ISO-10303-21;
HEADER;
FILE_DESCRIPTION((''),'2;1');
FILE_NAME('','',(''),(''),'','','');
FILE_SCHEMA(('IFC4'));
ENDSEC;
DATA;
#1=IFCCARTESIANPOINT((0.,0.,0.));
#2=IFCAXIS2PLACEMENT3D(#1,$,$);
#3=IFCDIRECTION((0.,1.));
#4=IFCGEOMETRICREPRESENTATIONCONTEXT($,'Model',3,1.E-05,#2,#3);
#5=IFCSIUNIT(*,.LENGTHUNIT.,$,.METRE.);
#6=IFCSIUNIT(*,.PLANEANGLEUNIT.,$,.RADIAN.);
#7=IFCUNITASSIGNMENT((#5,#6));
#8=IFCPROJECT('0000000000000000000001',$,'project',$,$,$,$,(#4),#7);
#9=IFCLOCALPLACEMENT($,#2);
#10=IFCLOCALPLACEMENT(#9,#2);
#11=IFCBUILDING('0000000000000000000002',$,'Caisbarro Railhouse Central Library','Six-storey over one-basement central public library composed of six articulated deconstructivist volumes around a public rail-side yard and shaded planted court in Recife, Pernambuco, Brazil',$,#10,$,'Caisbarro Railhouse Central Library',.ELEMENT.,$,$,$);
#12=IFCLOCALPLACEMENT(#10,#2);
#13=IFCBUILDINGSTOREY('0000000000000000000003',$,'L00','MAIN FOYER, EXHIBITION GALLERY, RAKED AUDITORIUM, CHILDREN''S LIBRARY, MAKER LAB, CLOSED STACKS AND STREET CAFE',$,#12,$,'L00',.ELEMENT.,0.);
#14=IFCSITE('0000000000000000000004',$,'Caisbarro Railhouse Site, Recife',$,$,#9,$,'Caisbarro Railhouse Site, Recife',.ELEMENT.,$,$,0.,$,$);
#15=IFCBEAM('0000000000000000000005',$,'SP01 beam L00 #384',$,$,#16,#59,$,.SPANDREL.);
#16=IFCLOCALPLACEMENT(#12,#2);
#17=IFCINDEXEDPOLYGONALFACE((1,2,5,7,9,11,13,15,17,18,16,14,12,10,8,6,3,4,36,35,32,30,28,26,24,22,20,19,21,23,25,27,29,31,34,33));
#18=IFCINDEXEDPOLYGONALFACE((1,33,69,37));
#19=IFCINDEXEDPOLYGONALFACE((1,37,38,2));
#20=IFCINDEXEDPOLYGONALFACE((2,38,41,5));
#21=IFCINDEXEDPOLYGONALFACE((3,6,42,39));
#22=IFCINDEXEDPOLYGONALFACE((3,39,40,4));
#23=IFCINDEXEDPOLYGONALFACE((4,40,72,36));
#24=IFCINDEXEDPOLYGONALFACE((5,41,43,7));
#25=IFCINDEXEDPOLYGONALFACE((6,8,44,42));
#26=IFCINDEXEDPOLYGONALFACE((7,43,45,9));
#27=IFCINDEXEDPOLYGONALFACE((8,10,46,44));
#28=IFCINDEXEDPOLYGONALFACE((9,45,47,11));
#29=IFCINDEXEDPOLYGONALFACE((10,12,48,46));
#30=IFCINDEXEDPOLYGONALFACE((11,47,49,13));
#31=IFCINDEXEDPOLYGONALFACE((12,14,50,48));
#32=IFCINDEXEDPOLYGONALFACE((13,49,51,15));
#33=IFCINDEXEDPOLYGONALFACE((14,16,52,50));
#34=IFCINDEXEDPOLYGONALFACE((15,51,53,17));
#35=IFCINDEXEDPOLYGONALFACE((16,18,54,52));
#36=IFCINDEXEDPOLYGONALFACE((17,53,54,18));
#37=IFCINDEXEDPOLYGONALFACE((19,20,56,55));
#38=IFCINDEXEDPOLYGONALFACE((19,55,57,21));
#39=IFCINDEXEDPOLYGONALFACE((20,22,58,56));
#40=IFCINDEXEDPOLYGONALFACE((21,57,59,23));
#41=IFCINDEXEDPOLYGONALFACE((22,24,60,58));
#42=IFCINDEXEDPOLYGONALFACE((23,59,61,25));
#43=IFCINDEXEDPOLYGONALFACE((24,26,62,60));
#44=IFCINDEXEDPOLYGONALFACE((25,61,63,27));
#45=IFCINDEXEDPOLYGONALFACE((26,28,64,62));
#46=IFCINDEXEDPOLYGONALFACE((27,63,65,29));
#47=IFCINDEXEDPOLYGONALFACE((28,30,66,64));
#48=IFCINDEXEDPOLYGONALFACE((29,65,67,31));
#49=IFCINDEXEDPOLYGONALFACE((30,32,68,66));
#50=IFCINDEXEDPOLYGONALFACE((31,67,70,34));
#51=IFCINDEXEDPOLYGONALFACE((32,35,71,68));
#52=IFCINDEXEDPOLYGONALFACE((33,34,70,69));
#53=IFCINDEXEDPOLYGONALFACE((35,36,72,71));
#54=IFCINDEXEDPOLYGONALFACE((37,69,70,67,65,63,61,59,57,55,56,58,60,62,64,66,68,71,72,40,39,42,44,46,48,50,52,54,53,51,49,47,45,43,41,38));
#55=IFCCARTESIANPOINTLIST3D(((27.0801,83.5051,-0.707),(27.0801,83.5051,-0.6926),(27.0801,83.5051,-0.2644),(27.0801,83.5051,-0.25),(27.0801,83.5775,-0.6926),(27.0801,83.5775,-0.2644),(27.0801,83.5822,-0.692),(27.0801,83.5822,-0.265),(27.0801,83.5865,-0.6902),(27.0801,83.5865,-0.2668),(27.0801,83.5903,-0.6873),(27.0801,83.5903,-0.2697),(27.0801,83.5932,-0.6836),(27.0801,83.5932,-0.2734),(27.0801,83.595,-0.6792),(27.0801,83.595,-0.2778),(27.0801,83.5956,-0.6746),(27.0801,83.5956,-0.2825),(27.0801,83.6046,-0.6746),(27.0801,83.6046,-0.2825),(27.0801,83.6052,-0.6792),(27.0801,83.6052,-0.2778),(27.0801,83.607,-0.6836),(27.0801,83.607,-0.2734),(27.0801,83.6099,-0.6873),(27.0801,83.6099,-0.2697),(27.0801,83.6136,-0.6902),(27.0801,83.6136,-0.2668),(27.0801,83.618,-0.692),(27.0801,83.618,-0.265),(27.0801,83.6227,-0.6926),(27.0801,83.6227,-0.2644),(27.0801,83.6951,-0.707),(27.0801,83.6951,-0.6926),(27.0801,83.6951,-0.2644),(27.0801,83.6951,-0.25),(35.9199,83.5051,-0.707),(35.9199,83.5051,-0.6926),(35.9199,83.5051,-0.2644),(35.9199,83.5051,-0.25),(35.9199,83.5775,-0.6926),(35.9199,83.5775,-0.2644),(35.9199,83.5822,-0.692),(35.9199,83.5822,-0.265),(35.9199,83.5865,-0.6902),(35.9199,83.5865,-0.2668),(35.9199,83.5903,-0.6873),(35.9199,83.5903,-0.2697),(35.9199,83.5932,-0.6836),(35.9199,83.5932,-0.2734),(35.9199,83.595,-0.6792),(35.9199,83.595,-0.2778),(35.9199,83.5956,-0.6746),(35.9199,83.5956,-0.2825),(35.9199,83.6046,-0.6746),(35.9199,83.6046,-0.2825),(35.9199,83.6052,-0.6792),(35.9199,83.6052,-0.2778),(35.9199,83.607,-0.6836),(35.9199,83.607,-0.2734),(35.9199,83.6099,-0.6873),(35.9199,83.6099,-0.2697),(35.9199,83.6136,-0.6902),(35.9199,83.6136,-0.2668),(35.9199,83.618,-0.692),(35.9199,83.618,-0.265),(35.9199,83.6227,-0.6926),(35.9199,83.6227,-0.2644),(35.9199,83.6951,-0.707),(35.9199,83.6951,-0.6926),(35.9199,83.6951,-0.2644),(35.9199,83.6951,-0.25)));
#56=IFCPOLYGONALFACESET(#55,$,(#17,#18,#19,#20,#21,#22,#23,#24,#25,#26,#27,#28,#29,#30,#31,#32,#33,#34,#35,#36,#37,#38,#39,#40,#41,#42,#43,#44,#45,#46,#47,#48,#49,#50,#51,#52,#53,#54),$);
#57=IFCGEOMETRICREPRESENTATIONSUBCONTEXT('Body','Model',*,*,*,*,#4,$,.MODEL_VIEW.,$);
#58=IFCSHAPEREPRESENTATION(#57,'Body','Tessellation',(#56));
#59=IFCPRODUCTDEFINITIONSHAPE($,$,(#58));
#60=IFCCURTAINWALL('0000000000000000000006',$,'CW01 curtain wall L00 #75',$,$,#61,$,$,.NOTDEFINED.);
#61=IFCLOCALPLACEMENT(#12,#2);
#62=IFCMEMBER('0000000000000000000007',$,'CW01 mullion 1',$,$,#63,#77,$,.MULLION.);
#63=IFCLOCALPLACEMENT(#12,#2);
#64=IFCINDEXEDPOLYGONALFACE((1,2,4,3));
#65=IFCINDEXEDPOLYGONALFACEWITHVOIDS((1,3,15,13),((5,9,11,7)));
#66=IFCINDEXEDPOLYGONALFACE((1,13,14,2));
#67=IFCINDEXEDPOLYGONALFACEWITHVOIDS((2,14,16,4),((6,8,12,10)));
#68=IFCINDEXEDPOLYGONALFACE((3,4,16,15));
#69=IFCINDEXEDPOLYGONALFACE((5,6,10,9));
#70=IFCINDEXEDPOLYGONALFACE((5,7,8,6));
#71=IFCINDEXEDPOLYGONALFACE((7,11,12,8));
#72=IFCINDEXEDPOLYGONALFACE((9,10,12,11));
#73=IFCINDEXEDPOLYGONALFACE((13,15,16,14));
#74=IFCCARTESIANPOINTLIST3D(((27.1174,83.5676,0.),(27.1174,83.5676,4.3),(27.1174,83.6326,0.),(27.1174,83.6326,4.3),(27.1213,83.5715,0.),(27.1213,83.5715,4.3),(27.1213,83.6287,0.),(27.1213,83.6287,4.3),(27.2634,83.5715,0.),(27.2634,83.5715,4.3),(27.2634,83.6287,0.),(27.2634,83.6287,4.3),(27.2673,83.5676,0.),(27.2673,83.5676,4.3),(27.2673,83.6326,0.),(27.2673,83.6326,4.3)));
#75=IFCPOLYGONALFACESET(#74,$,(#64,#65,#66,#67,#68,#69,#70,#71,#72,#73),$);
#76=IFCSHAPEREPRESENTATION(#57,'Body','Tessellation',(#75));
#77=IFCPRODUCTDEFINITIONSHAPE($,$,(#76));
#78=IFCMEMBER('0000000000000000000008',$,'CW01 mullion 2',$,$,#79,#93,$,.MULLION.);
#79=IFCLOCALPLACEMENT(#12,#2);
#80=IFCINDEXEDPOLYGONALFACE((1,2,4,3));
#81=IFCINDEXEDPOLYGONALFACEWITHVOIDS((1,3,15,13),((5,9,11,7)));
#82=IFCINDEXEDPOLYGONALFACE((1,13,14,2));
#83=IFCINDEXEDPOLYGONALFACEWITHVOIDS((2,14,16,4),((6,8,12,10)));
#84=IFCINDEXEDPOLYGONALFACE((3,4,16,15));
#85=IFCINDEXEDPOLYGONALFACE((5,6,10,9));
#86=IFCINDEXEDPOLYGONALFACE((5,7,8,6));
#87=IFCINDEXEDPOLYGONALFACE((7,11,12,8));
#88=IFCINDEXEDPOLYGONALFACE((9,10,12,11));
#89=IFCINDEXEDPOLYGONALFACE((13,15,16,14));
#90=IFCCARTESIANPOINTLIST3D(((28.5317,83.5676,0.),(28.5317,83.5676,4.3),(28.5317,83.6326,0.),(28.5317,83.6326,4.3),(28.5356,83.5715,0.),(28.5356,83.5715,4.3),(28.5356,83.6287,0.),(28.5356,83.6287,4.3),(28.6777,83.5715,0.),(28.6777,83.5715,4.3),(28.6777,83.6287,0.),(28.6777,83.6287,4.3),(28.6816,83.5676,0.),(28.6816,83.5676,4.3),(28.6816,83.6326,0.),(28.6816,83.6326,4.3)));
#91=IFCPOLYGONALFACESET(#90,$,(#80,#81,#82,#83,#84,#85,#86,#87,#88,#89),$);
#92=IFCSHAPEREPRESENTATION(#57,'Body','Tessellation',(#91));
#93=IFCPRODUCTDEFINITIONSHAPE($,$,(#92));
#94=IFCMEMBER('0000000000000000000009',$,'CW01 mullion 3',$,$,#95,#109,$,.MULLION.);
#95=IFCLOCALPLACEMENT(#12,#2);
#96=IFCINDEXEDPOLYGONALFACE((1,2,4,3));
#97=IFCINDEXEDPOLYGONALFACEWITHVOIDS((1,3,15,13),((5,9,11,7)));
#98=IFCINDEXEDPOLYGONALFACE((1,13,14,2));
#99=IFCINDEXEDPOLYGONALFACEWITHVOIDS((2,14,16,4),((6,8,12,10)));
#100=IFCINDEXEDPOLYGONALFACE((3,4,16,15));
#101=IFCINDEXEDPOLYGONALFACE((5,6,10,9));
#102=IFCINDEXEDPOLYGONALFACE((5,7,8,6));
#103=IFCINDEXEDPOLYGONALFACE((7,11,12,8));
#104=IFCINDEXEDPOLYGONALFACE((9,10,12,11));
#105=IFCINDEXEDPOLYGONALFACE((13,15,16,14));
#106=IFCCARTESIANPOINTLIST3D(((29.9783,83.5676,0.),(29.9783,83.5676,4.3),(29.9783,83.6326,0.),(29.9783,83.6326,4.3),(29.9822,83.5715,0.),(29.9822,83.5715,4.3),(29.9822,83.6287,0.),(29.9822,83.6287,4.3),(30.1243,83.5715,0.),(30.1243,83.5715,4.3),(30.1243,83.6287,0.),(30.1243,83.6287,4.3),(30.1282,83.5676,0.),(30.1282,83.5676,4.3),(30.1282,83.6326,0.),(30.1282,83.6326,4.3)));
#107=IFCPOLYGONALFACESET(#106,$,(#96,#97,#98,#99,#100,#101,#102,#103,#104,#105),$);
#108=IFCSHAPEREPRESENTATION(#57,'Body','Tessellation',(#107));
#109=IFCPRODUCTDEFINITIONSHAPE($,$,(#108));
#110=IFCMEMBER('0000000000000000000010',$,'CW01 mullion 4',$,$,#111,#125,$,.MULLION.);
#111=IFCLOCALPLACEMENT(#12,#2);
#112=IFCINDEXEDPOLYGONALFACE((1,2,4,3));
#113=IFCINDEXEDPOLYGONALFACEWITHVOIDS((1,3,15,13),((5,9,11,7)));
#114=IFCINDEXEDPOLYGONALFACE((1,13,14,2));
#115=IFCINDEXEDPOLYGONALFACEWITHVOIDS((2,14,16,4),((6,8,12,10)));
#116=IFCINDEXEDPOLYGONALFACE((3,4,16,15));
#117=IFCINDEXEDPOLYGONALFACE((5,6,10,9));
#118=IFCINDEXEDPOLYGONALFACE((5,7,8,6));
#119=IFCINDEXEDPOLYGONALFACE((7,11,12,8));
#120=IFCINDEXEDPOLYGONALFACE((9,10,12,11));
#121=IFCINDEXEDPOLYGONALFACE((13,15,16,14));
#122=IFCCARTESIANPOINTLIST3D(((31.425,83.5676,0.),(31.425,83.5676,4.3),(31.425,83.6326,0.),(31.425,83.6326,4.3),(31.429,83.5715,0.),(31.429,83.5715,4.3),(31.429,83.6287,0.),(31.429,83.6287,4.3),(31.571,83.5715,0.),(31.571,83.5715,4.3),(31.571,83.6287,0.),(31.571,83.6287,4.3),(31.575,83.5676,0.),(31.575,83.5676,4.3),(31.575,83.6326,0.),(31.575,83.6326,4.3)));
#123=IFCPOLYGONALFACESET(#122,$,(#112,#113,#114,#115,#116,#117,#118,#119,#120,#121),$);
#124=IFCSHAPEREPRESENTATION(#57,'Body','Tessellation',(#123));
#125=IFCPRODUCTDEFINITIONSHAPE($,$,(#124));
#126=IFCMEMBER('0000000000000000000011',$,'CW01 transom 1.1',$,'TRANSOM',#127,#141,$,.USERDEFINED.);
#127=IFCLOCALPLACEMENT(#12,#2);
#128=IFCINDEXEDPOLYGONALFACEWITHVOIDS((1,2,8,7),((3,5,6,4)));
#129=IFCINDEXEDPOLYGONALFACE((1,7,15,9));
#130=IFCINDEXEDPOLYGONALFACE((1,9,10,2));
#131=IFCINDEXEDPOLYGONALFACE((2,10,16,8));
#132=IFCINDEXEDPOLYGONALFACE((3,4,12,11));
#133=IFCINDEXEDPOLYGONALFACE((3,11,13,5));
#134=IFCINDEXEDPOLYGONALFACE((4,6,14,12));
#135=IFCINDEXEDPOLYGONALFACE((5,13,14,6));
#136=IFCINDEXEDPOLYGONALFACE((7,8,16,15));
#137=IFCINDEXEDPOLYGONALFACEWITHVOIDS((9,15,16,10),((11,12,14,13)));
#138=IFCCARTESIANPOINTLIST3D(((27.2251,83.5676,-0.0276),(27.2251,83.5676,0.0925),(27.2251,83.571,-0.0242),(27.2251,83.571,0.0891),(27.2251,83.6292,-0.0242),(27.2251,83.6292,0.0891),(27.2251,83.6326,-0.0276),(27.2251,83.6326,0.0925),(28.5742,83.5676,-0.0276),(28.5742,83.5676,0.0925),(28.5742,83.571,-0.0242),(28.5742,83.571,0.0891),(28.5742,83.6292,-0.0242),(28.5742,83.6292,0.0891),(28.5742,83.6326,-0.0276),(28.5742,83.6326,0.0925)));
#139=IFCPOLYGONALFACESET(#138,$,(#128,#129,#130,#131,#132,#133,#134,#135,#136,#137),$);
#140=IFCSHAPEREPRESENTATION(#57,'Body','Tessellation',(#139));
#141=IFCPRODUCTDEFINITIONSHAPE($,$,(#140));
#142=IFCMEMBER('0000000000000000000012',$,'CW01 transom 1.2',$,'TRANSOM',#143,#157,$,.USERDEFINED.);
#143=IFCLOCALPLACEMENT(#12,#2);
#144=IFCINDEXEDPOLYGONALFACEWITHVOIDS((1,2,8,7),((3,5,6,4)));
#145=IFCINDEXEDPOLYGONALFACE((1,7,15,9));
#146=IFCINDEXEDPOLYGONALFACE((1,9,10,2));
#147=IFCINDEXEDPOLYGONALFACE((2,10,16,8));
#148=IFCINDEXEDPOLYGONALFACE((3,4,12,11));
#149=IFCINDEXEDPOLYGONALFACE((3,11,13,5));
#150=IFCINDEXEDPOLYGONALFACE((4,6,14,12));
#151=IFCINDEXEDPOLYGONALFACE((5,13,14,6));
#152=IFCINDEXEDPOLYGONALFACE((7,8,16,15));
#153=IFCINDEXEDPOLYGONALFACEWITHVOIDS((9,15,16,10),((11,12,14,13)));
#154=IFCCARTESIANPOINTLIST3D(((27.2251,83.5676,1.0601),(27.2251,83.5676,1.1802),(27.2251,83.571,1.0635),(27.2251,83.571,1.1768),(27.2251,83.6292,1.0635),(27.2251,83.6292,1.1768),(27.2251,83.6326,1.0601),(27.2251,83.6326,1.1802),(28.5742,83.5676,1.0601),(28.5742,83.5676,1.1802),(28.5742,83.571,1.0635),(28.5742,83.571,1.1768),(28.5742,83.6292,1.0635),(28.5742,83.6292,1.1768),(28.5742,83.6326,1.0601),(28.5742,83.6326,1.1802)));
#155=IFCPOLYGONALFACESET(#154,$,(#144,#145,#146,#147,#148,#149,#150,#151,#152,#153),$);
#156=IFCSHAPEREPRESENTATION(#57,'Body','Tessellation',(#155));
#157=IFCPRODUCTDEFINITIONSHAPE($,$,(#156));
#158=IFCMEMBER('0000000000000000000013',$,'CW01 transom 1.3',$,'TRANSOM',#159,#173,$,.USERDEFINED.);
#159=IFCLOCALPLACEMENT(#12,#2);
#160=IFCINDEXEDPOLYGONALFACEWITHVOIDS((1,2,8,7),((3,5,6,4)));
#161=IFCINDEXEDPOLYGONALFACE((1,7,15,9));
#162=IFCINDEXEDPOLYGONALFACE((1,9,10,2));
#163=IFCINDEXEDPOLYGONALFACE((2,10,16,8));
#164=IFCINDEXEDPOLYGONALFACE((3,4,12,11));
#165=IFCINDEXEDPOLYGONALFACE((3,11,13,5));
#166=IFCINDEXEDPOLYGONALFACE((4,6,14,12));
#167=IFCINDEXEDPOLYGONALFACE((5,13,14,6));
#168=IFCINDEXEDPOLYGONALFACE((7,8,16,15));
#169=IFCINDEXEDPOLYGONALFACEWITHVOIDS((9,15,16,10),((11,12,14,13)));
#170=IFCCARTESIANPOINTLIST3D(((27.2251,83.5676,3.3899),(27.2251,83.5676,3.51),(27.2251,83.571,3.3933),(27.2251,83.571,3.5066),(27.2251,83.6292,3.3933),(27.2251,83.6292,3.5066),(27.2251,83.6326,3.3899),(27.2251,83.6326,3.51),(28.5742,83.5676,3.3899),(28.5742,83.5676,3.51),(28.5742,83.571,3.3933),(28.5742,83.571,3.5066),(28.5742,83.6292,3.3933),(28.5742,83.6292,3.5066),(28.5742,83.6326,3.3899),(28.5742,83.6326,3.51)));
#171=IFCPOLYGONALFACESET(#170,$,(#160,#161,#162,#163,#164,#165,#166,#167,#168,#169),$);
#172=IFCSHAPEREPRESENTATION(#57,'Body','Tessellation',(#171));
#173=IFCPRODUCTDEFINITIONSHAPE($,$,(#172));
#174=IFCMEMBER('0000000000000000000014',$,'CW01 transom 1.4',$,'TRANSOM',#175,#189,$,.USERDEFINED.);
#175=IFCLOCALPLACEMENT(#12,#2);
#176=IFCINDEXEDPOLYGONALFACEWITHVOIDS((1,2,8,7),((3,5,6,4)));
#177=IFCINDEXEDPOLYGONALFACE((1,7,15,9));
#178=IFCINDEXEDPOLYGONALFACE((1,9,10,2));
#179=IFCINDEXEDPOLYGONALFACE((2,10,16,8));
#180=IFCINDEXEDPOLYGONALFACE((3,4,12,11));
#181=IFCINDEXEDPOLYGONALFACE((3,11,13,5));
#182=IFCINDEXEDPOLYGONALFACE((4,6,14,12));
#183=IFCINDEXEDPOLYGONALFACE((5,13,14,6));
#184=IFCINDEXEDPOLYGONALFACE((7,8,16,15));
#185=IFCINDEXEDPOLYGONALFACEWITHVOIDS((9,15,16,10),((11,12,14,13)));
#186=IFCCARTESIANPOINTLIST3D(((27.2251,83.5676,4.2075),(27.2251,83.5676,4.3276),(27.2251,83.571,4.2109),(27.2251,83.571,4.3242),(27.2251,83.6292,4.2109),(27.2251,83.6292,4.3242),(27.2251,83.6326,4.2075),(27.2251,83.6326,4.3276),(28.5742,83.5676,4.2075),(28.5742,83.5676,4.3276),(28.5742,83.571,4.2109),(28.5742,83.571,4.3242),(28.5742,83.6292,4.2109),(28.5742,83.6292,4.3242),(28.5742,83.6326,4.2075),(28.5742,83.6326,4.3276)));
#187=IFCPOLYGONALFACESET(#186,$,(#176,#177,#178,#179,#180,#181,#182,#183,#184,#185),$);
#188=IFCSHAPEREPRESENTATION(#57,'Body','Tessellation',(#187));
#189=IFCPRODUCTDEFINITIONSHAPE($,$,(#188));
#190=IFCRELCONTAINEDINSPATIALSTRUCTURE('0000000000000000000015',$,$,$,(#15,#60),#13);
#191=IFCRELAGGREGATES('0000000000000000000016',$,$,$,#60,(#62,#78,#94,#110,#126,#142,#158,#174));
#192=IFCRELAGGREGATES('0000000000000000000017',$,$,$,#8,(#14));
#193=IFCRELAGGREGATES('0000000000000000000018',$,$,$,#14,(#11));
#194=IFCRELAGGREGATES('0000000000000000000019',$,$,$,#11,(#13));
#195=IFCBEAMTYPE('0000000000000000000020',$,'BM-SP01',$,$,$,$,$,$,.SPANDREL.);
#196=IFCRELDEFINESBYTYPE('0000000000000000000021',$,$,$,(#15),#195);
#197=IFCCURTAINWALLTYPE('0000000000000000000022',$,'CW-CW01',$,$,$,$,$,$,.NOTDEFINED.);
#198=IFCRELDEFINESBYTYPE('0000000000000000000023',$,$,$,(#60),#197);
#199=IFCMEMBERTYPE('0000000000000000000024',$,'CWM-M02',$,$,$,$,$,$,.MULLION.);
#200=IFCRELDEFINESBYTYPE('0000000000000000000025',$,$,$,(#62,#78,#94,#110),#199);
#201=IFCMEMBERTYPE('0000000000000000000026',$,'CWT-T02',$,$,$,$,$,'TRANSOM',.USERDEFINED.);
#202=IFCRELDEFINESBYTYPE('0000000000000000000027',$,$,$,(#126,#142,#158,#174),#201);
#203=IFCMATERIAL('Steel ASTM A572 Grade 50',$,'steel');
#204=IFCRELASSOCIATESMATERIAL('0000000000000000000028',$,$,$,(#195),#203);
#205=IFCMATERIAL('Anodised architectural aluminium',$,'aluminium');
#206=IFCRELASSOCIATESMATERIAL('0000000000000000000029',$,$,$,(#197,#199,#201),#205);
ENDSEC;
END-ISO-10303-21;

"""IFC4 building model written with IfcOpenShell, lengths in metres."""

from ifc_helpers import new_model, si_unit, direction, frame, origin, origin_2d, place, context, subcontext, project, spatial, hollow_rectangle, i_section, extrude, material, material_profile, profile_set, type_object, element, aggregate, save


model = new_model("IFC4")

# Units and contexts
model_context = context("Model", 3, precision=1e-05, world=origin(), true_north=direction((0.0, 1.0)))
body_context = subcontext(model_context, "Body", "Model", "MODEL_VIEW")
ifc_project = project(units=[si_unit("LENGTHUNIT", "METRE"), si_unit("PLANEANGLEUNIT", "RADIAN")], contexts=[model_context])

# Site, building, storey
site_placement = place(None, origin())
site = spatial("IfcSite", under=ifc_project, at=site_placement, Name="Caisbarro Railhouse Site, Recife", LongName="Caisbarro Railhouse Site, Recife", CompositionType="ELEMENT", RefElevation=0.0)
building_placement = place(site_placement, origin())
building = spatial("IfcBuilding", under=site, at=building_placement, Name="Caisbarro Railhouse Central Library", Description="Six-storey over one-basement central public library composed of six articulated deconstructivist volumes around a public rail-side yard and shaded planted court in Recife, Pernambuco, Brazil", LongName="Caisbarro Railhouse Central Library", CompositionType="ELEMENT")
storey_placement = place(building_placement, origin())
storey = spatial("IfcBuildingStorey", under=building, at=storey_placement, Name="L00", Description="MAIN FOYER, EXHIBITION GALLERY, RAKED AUDITORIUM, CHILDREN'S LIBRARY, MAKER LAB, CLOSED STACKS AND STREET CAFE", LongName="L00", CompositionType="ELEMENT", Elevation=0.0)

# Beam
ifc_material_1 = material(Name="Steel ASTM A572 Grade 50", Category="steel")
ifc_material_profile_1 = material_profile(ifc_material_1, i_section(OverallWidth=0.1899, OverallDepth=0.457, WebThickness=0.009, FlangeThickness=0.0144, FilletRadius=0.0181, at=origin_2d()), Name="W460X74.0")
ifc_profile_set_1 = profile_set([ifc_material_profile_1], Name="Steel ASTM A572 Grade 50")
beam_type = type_object("IfcBeamType", Name="BM-SP01", PredefinedType="SPANDREL", material=ifc_profile_set_1)
beam_placement = place(storey_placement, frame((27.0801, 83.6001, -0.4785), z_axis=(1.0, 0.0, 0.0), x_axis=(0.0, 1.0, 0.0)))
element("IfcBeam", 1, at=beam_placement, inside=storey, type_object=beam_type, Name="SP01 beam L00 #384", PredefinedType="SPANDREL", context=body_context, shape_type="SweptSolid", body=[
    extrude(i_section(OverallWidth=0.1899, OverallDepth=0.457, WebThickness=0.009, FlangeThickness=0.0144, FilletRadius=0.0181, at=origin_2d()), origin(), (0.0, 0.0, 1.0), 8.8398),
])

# Curtain wall, members
ifc_material_2 = material(Name="Anodised architectural aluminium", Category="aluminium")
curtain_wall_type = type_object("IfcCurtainWallType", Name="CW-CW01", PredefinedType="NOTDEFINED", material=ifc_material_2)
curtain_wall_placement = place(storey_placement, origin())
curtain_wall = element("IfcCurtainWall", 2, at=curtain_wall_placement, inside=storey, type_object=curtain_wall_type, Name="CW01 curtain wall L00 #75", PredefinedType="NOTDEFINED")
ifc_material_profile_2 = material_profile(ifc_material_2, hollow_rectangle(XDim=0.0649, YDim=0.1499, WallThickness=0.0039, at=origin_2d()), Name="ALU-MUL-65X150")
ifc_profile_set_2 = profile_set([ifc_material_profile_2], Name="Anodised architectural aluminium")
member_type_1 = type_object("IfcMemberType", Name="CWM-M02", PredefinedType="MULLION", material=ifc_profile_set_2)
member_1_placement = place(storey_placement, frame((27.1924, 83.6001, 0.0), z_axis=(0.0, 0.0, 1.0), x_axis=(0.0, 1.0, 0.0)))
member_1 = element("IfcMember", 3, at=member_1_placement, type_object=member_type_1, Name="CW01 mullion 1", PredefinedType="MULLION", context=body_context, shape_type="SweptSolid", body=[
    extrude(hollow_rectangle(XDim=0.0649, YDim=0.1499, WallThickness=0.0039, at=origin_2d()), origin(), (0.0, 0.0, 1.0), 4.3),
])
member_2_placement = place(storey_placement, frame((28.6067, 83.6001, 0.0), z_axis=(0.0, 0.0, 1.0), x_axis=(0.0, 1.0, 0.0)))
member_2 = element("IfcMember", 4, at=member_2_placement, type_object=member_type_1, Name="CW01 mullion 2", PredefinedType="MULLION", context=body_context, shape_type="SweptSolid", body=[
    extrude(hollow_rectangle(XDim=0.0649, YDim=0.1499, WallThickness=0.0039, at=origin_2d()), origin(), (0.0, 0.0, 1.0), 4.3),
])
member_3_placement = place(storey_placement, frame((30.0532, 83.6001, 0.0), z_axis=(0.0, 0.0, 1.0), x_axis=(0.0, 1.0, 0.0)))
member_3 = element("IfcMember", 5, at=member_3_placement, type_object=member_type_1, Name="CW01 mullion 3", PredefinedType="MULLION", context=body_context, shape_type="SweptSolid", body=[
    extrude(hollow_rectangle(XDim=0.0649, YDim=0.1499, WallThickness=0.0039, at=origin_2d()), origin(), (0.0, 0.0, 1.0), 4.3),
])
member_4_placement = place(storey_placement, frame((31.5, 83.6001, 0.0), z_axis=(0.0, 0.0, 1.0), x_axis=(0.0, 1.0, 0.0)))
member_4 = element("IfcMember", 6, at=member_4_placement, type_object=member_type_1, Name="CW01 mullion 4", PredefinedType="MULLION", context=body_context, shape_type="SweptSolid", body=[
    extrude(hollow_rectangle(XDim=0.0649, YDim=0.1499, WallThickness=0.0039, at=origin_2d()), origin(), (0.0, 0.0, 1.0), 4.3),
])
ifc_material_profile_3 = material_profile(ifc_material_2, hollow_rectangle(XDim=0.0649, YDim=0.1201, WallThickness=0.0034, at=origin_2d()), Name="ALU-TRN-65X120")
ifc_profile_set_3 = profile_set([ifc_material_profile_3], Name="Anodised architectural aluminium")
member_type_2 = type_object("IfcMemberType", Name="CWT-T02", ElementType="TRANSOM", PredefinedType="USERDEFINED", material=ifc_profile_set_3)
member_5_placement = place(storey_placement, frame((27.2251, 83.6001, 0.0325), z_axis=(1.0, 0.0, 0.0), x_axis=(0.0, 1.0, 0.0)))
member_5 = element("IfcMember", 7, at=member_5_placement, type_object=member_type_2, Name="CW01 transom 1.1", ObjectType="TRANSOM", PredefinedType="USERDEFINED", context=body_context, shape_type="SweptSolid", body=[
    extrude(hollow_rectangle(XDim=0.0649, YDim=0.1201, WallThickness=0.0034, at=origin_2d()), origin(), (0.0, 0.0, 1.0), 1.3491),
])
member_6_placement = place(storey_placement, frame((27.2251, 83.6001, 1.1201), z_axis=(1.0, 0.0, 0.0), x_axis=(0.0, 1.0, 0.0)))
member_6 = element("IfcMember", 8, at=member_6_placement, type_object=member_type_2, Name="CW01 transom 1.2", ObjectType="TRANSOM", PredefinedType="USERDEFINED", context=body_context, shape_type="SweptSolid", body=[
    extrude(hollow_rectangle(XDim=0.0649, YDim=0.1201, WallThickness=0.0034, at=origin_2d()), origin(), (0.0, 0.0, 1.0), 1.3491),
])
member_7_placement = place(storey_placement, frame((27.2251, 83.6001, 3.45), z_axis=(1.0, 0.0, 0.0), x_axis=(0.0, 1.0, 0.0)))
member_7 = element("IfcMember", 9, at=member_7_placement, type_object=member_type_2, Name="CW01 transom 1.3", ObjectType="TRANSOM", PredefinedType="USERDEFINED", context=body_context, shape_type="SweptSolid", body=[
    extrude(hollow_rectangle(XDim=0.0649, YDim=0.1201, WallThickness=0.0034, at=origin_2d()), origin(), (0.0, 0.0, 1.0), 1.3491),
])
member_8_placement = place(storey_placement, frame((27.2251, 83.6001, 4.2676), z_axis=(1.0, 0.0, 0.0), x_axis=(0.0, 1.0, 0.0)))
member_8 = element("IfcMember", 10, at=member_8_placement, type_object=member_type_2, Name="CW01 transom 1.4", ObjectType="TRANSOM", PredefinedType="USERDEFINED", context=body_context, shape_type="SweptSolid", body=[
    extrude(hollow_rectangle(XDim=0.0649, YDim=0.1201, WallThickness=0.0034, at=origin_2d()), origin(), (0.0, 0.0, 1.0), 1.3491),
])
aggregate(curtain_wall, [member_1, member_2, member_3, member_4, member_5, member_6, member_7, member_8])

save(model, "model.ifc")
